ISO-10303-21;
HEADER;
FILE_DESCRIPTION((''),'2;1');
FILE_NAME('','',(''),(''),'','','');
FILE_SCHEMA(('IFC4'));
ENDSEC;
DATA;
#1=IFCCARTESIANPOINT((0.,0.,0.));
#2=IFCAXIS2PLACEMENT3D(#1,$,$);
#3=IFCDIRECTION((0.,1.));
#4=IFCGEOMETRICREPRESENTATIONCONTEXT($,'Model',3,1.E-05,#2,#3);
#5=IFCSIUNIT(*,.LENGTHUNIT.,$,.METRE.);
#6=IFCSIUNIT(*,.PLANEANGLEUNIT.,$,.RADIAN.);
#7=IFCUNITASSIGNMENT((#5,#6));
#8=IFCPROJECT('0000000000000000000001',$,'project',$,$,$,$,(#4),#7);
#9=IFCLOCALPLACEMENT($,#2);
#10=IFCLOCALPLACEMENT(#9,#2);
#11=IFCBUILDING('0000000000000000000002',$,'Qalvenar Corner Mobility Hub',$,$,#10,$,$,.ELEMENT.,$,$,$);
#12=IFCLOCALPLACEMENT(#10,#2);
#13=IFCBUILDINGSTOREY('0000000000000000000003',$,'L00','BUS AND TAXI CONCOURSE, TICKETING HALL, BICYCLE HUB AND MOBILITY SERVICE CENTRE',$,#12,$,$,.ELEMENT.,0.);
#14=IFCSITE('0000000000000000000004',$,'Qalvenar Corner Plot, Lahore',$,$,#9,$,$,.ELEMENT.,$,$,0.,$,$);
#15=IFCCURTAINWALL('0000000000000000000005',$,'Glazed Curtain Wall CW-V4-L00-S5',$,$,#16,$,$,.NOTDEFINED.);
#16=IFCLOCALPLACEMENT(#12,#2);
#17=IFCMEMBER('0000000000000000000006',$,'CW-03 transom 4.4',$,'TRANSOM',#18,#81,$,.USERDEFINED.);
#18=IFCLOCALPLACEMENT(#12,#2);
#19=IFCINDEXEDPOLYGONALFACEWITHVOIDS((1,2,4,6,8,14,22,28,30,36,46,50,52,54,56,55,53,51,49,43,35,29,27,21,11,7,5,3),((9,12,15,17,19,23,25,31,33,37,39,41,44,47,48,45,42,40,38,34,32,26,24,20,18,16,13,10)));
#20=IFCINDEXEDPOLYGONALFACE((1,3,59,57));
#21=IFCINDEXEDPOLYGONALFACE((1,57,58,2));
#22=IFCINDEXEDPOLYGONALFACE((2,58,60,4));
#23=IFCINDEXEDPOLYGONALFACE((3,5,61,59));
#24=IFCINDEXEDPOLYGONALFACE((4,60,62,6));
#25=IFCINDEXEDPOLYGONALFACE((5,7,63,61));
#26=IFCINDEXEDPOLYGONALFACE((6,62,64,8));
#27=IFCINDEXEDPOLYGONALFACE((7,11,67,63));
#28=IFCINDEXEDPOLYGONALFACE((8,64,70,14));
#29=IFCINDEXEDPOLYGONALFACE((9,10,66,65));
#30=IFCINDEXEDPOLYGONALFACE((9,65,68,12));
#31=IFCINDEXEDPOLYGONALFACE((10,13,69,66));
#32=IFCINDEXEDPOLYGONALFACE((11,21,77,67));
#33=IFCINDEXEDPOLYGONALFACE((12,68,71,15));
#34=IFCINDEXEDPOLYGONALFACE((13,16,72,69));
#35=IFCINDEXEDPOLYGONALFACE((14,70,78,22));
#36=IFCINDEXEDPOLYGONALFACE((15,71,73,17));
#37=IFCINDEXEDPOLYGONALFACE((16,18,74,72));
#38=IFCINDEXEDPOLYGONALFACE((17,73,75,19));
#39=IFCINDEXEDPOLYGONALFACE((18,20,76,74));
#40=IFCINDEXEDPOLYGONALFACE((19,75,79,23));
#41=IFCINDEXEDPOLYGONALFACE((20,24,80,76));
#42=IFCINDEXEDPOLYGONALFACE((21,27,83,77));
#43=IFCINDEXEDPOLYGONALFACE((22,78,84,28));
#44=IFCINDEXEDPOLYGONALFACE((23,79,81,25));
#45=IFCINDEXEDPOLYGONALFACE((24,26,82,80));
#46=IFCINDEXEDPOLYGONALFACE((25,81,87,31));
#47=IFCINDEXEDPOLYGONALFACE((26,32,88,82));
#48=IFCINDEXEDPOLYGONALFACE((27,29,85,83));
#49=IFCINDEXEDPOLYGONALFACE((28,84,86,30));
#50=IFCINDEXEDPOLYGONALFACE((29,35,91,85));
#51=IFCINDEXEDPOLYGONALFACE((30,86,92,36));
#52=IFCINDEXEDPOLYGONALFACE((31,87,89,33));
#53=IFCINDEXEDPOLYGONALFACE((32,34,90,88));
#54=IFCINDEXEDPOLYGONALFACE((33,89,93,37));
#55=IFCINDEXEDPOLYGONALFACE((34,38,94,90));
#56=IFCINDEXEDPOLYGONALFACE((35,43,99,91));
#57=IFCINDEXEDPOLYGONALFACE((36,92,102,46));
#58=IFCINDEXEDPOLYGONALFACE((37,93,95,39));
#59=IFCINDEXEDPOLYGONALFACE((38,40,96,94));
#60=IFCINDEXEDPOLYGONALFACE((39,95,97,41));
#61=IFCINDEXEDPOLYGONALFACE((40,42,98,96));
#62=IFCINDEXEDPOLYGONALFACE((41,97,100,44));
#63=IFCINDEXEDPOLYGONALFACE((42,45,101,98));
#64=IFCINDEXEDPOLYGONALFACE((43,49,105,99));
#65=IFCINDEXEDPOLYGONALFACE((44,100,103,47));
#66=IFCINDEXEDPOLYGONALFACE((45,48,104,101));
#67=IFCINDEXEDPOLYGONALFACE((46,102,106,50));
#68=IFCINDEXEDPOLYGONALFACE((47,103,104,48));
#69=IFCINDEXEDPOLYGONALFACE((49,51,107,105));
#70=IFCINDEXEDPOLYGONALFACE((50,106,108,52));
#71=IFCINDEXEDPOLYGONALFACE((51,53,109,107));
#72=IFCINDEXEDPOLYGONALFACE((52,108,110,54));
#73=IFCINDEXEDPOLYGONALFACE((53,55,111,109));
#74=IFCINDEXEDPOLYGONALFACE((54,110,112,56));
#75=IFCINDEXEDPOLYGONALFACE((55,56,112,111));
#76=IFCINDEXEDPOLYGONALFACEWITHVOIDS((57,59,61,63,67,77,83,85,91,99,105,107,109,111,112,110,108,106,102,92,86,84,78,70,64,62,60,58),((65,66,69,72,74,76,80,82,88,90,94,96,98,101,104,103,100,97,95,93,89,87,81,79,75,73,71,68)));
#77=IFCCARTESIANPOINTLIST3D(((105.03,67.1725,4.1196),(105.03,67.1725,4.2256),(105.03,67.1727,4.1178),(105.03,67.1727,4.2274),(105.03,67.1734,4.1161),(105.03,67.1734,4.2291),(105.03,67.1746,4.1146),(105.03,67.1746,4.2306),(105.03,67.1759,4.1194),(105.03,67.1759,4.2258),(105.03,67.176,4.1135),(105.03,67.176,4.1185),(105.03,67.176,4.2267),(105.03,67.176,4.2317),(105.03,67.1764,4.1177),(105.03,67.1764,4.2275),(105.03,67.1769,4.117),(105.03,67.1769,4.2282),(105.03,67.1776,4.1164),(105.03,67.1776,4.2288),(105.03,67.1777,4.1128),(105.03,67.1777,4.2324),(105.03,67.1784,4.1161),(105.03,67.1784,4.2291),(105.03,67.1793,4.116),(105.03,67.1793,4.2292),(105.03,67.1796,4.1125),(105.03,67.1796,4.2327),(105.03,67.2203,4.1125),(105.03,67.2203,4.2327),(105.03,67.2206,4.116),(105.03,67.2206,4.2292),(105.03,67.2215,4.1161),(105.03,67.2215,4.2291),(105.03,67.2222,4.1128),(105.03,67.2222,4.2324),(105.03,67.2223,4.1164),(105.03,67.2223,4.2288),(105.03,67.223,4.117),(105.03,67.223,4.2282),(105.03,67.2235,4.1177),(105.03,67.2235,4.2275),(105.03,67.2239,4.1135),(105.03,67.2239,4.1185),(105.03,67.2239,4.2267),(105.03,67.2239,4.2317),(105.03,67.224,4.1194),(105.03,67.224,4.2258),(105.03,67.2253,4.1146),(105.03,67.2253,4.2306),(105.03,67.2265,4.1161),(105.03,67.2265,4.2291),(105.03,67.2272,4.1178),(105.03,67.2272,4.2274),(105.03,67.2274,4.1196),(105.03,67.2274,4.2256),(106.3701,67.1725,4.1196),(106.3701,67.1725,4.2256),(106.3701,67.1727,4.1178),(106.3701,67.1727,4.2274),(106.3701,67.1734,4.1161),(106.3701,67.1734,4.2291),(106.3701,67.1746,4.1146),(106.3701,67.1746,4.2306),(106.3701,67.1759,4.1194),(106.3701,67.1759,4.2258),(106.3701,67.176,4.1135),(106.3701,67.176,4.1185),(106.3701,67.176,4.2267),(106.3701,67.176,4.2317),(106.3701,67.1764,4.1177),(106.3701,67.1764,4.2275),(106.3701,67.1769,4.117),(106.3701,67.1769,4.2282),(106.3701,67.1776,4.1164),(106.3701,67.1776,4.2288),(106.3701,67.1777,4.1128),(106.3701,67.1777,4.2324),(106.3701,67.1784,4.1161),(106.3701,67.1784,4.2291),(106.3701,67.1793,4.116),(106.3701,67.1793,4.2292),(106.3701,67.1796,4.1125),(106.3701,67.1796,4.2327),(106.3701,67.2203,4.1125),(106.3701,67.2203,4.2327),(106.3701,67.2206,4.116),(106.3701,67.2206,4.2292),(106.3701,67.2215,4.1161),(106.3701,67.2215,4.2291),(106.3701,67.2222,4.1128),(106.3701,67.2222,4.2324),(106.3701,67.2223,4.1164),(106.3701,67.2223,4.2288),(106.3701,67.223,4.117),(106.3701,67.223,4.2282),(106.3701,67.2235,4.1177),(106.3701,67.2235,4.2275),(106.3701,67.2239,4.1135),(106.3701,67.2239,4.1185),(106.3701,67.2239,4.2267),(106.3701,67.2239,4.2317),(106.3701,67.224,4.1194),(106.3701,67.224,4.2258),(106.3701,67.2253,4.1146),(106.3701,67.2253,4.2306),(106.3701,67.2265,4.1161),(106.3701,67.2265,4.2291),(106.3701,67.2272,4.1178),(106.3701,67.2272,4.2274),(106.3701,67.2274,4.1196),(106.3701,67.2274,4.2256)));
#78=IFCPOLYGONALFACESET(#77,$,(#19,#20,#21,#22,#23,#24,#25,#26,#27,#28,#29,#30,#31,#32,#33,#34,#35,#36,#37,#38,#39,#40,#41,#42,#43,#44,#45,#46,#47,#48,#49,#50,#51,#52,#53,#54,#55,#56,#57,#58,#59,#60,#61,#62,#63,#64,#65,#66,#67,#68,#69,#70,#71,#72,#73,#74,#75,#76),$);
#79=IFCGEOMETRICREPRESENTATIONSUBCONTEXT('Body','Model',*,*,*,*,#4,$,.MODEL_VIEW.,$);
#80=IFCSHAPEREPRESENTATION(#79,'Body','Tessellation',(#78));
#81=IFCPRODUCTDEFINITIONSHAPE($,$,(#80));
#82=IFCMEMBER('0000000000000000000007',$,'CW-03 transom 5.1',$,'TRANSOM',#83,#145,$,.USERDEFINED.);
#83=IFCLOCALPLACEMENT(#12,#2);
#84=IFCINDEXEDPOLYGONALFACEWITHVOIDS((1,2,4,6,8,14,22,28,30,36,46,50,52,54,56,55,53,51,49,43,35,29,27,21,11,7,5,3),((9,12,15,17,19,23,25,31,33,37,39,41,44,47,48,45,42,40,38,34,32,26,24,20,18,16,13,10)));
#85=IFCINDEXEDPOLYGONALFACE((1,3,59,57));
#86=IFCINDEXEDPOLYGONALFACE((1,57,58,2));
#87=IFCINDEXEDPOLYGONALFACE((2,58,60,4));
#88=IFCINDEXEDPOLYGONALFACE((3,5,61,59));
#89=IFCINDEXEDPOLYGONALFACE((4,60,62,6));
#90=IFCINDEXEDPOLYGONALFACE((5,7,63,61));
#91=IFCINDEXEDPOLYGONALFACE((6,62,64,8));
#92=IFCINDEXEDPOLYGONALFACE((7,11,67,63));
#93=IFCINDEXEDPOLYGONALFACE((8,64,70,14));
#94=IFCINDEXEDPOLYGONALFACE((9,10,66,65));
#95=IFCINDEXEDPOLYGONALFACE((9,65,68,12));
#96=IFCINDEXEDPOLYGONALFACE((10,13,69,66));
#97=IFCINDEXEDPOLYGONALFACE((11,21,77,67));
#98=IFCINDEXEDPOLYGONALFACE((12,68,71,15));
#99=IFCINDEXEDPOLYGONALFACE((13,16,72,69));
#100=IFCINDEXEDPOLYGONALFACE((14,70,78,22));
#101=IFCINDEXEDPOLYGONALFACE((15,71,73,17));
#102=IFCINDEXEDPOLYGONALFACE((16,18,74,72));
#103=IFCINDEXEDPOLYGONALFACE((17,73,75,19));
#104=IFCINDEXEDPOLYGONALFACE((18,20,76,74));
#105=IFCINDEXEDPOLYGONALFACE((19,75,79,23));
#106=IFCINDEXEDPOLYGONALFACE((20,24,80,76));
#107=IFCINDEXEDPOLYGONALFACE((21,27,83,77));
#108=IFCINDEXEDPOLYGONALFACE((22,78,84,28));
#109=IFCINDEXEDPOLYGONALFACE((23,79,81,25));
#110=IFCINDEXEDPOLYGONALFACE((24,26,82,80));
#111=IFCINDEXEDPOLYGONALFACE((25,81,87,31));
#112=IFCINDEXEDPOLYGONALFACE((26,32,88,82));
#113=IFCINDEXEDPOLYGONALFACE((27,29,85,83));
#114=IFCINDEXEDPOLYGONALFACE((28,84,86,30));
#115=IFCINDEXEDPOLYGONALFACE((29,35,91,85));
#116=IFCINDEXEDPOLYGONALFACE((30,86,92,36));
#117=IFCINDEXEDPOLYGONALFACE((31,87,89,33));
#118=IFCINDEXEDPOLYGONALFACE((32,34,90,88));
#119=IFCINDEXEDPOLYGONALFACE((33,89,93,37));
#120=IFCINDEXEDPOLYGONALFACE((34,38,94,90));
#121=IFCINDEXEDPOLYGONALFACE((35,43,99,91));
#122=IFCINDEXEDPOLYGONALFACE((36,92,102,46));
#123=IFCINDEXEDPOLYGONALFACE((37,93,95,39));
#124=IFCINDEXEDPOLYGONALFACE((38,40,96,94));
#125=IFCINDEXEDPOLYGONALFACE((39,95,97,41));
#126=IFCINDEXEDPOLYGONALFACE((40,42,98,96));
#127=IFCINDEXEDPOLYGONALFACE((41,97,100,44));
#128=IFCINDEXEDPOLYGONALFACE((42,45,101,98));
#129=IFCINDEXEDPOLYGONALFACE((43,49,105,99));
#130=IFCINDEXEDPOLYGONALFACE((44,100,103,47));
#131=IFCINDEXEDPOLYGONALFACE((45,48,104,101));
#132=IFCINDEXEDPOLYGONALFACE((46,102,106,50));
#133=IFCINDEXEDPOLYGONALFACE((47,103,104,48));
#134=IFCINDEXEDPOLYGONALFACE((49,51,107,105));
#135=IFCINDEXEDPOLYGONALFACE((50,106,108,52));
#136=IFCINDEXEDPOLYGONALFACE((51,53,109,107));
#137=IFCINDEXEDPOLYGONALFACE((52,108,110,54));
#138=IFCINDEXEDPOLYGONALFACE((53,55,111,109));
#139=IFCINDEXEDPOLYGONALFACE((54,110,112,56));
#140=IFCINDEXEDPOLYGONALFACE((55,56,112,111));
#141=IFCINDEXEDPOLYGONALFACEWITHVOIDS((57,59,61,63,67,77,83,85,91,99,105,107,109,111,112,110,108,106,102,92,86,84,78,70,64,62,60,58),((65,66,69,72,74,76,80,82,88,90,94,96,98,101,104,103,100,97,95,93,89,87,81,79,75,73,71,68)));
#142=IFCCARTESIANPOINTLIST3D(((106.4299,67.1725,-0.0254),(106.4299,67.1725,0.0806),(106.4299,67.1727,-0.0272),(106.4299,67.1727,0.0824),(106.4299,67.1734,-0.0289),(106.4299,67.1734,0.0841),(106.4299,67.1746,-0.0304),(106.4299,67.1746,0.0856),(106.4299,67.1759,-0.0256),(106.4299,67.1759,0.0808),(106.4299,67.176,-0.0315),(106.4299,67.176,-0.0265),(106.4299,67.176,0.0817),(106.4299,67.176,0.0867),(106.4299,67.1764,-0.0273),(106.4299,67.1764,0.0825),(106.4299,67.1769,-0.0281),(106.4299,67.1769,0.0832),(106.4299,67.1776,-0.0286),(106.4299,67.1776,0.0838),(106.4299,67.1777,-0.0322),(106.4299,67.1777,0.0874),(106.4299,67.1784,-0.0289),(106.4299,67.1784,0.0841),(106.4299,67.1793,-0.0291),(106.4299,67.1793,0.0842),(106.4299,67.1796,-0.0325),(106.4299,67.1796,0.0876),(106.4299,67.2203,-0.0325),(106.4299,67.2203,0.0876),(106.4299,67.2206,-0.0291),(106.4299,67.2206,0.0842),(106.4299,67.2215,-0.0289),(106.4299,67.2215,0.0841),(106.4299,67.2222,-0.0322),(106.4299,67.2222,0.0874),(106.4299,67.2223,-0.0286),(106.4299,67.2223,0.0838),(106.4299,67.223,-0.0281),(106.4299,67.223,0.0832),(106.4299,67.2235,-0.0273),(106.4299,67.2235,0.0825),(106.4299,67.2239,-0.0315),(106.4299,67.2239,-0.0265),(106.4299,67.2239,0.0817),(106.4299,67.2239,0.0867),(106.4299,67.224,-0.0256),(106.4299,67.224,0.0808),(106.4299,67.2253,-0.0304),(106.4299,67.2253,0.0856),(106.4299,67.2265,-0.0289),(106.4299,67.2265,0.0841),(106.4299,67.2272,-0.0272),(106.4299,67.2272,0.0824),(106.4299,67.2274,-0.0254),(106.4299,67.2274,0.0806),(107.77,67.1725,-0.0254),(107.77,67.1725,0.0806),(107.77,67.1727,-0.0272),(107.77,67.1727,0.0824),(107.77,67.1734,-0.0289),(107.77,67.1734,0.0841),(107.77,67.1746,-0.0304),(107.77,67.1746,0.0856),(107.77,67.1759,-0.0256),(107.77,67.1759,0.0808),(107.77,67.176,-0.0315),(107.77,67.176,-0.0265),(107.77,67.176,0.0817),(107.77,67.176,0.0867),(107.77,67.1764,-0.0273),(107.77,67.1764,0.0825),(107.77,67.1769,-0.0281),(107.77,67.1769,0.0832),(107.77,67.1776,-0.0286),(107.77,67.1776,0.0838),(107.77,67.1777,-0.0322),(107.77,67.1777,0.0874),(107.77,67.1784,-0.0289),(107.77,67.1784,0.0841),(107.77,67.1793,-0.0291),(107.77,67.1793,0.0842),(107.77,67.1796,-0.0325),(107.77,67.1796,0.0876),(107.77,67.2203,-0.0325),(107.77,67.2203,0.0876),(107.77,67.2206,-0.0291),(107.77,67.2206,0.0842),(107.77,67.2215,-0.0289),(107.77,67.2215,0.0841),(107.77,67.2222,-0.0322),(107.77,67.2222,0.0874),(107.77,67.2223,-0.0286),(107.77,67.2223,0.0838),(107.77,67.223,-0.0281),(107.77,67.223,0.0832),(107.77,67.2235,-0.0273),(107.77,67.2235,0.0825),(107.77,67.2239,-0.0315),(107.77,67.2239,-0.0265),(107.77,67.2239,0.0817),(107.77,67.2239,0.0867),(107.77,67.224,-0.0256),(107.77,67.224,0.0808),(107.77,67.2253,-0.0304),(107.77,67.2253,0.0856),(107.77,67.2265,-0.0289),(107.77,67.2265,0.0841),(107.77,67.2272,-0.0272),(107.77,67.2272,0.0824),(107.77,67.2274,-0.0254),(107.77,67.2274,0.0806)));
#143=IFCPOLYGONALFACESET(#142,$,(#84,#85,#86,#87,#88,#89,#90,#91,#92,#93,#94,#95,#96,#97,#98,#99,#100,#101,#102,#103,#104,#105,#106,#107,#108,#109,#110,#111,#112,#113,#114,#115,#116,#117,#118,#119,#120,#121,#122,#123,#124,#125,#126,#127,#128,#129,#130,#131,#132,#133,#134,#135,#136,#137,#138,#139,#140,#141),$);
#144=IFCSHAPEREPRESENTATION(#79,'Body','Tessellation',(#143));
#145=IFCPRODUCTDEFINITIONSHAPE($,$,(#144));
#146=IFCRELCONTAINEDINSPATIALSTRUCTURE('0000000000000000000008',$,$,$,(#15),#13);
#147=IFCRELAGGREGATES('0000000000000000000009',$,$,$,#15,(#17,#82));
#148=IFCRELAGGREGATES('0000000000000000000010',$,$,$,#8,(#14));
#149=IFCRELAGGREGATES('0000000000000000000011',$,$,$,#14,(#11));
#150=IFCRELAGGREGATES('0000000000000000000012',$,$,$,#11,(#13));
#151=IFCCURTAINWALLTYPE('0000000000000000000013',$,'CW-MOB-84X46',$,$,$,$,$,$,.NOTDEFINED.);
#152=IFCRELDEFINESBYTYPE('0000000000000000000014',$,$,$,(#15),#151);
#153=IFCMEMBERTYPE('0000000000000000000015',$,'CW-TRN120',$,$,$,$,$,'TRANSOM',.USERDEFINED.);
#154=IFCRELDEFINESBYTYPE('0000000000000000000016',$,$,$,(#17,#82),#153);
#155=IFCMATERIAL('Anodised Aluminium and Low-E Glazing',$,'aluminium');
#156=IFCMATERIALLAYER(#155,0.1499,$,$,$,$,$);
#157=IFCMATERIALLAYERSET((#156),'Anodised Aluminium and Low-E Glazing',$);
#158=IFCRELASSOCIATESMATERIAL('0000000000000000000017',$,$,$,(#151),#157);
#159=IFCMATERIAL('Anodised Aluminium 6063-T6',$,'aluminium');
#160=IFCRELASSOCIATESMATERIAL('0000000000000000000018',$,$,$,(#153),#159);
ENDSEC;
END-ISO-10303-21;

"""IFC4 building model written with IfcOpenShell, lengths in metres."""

from ifc_helpers import new_model, si_unit, direction, frame, origin, origin_2d, place, context, subcontext, project, spatial, hollow_rectangle, extrude, material, layer, layer_set, material_profile, profile_set, type_object, element, aggregate, save


model = new_model("IFC4")

# Units and contexts
model_context = context("Model", 3, precision=1e-05, world=origin(), true_north=direction((0.0, 1.0)))
body_context = subcontext(model_context, "Body", "Model", "MODEL_VIEW")
ifc_project = project(units=[si_unit("LENGTHUNIT", "METRE"), si_unit("PLANEANGLEUNIT", "RADIAN")], contexts=[model_context])

# Site, building, storey
site_placement = place(None, origin())
site = spatial("IfcSite", under=ifc_project, at=site_placement, Name="Qalvenar Corner Plot, Lahore", CompositionType="ELEMENT", RefElevation=0.0)
building_placement = place(site_placement, origin())
building = spatial("IfcBuilding", under=site, at=building_placement, Name="Qalvenar Corner Mobility Hub", CompositionType="ELEMENT")
storey_placement = place(building_placement, origin())
storey = spatial("IfcBuildingStorey", under=building, at=storey_placement, Name="L00", Description="BUS AND TAXI CONCOURSE, TICKETING HALL, BICYCLE HUB AND MOBILITY SERVICE CENTRE", CompositionType="ELEMENT", Elevation=0.0)

# Curtain wall, members
ifc_material_1 = material(Name="Anodised Aluminium and Low-E Glazing", Category="aluminium")
ifc_layer_1 = layer(ifc_material_1, 0.1499)
ifc_layer_set_1 = layer_set([ifc_layer_1], Name="Anodised Aluminium and Low-E Glazing")
curtain_wall_type = type_object("IfcCurtainWallType", Name="CW-MOB-84X46", PredefinedType="NOTDEFINED", material=ifc_layer_set_1)
curtain_wall_placement = place(storey_placement, origin())
curtain_wall = element("IfcCurtainWall", 1, at=curtain_wall_placement, inside=storey, type_object=curtain_wall_type, Name="Glazed Curtain Wall CW-V4-L00-S5", PredefinedType="NOTDEFINED")
ifc_material_2 = material(Name="Anodised Aluminium 6063-T6", Category="aluminium")
ifc_material_profile_1 = material_profile(ifc_material_2, hollow_rectangle(XDim=0.0549, YDim=0.1201, WallThickness=0.0034, InnerFilletRadius=0.0034, OuterFilletRadius=0.0071, at=origin_2d()), Name="RHS120x55x3.5")
ifc_profile_set_1 = profile_set([ifc_material_profile_1], Name="Anodised Aluminium 6063-T6")
member_type_1 = type_object("IfcMemberType", Name="CW-TRN120", ElementType="TRANSOM", PredefinedType="USERDEFINED", material=ifc_profile_set_1)
member_1_placement = place(storey_placement, frame((105.03, 67.2, 4.1726), z_axis=(1.0, 0.0, 0.0), x_axis=(0.0, 1.0, 0.0)))
member_1 = element("IfcMember", 2, at=member_1_placement, type_object=member_type_1, Name="CW-03 transom 4.4", ObjectType="TRANSOM", PredefinedType="USERDEFINED", context=body_context, shape_type="SweptSolid", body=[
    extrude(hollow_rectangle(XDim=0.0549, YDim=0.1201, WallThickness=0.0034, InnerFilletRadius=0.0034, OuterFilletRadius=0.0071, at=origin_2d()), origin(), (0.0, 0.0, 1.0), 1.3401),
])
member_2_placement = place(storey_placement, frame((106.4299, 67.2, 0.0276), z_axis=(1.0, 0.0, 0.0), x_axis=(0.0, 1.0, 0.0)))
member_2 = element("IfcMember", 3, at=member_2_placement, type_object=member_type_1, Name="CW-03 transom 5.1", ObjectType="TRANSOM", PredefinedType="USERDEFINED", context=body_context, shape_type="SweptSolid", body=[
    extrude(hollow_rectangle(XDim=0.0549, YDim=0.1201, WallThickness=0.0034, InnerFilletRadius=0.0034, OuterFilletRadius=0.0071, at=origin_2d()), origin(), (0.0, 0.0, 1.0), 1.3401),
])
aggregate(curtain_wall, [member_1, member_2])

save(model, "model.ifc")
